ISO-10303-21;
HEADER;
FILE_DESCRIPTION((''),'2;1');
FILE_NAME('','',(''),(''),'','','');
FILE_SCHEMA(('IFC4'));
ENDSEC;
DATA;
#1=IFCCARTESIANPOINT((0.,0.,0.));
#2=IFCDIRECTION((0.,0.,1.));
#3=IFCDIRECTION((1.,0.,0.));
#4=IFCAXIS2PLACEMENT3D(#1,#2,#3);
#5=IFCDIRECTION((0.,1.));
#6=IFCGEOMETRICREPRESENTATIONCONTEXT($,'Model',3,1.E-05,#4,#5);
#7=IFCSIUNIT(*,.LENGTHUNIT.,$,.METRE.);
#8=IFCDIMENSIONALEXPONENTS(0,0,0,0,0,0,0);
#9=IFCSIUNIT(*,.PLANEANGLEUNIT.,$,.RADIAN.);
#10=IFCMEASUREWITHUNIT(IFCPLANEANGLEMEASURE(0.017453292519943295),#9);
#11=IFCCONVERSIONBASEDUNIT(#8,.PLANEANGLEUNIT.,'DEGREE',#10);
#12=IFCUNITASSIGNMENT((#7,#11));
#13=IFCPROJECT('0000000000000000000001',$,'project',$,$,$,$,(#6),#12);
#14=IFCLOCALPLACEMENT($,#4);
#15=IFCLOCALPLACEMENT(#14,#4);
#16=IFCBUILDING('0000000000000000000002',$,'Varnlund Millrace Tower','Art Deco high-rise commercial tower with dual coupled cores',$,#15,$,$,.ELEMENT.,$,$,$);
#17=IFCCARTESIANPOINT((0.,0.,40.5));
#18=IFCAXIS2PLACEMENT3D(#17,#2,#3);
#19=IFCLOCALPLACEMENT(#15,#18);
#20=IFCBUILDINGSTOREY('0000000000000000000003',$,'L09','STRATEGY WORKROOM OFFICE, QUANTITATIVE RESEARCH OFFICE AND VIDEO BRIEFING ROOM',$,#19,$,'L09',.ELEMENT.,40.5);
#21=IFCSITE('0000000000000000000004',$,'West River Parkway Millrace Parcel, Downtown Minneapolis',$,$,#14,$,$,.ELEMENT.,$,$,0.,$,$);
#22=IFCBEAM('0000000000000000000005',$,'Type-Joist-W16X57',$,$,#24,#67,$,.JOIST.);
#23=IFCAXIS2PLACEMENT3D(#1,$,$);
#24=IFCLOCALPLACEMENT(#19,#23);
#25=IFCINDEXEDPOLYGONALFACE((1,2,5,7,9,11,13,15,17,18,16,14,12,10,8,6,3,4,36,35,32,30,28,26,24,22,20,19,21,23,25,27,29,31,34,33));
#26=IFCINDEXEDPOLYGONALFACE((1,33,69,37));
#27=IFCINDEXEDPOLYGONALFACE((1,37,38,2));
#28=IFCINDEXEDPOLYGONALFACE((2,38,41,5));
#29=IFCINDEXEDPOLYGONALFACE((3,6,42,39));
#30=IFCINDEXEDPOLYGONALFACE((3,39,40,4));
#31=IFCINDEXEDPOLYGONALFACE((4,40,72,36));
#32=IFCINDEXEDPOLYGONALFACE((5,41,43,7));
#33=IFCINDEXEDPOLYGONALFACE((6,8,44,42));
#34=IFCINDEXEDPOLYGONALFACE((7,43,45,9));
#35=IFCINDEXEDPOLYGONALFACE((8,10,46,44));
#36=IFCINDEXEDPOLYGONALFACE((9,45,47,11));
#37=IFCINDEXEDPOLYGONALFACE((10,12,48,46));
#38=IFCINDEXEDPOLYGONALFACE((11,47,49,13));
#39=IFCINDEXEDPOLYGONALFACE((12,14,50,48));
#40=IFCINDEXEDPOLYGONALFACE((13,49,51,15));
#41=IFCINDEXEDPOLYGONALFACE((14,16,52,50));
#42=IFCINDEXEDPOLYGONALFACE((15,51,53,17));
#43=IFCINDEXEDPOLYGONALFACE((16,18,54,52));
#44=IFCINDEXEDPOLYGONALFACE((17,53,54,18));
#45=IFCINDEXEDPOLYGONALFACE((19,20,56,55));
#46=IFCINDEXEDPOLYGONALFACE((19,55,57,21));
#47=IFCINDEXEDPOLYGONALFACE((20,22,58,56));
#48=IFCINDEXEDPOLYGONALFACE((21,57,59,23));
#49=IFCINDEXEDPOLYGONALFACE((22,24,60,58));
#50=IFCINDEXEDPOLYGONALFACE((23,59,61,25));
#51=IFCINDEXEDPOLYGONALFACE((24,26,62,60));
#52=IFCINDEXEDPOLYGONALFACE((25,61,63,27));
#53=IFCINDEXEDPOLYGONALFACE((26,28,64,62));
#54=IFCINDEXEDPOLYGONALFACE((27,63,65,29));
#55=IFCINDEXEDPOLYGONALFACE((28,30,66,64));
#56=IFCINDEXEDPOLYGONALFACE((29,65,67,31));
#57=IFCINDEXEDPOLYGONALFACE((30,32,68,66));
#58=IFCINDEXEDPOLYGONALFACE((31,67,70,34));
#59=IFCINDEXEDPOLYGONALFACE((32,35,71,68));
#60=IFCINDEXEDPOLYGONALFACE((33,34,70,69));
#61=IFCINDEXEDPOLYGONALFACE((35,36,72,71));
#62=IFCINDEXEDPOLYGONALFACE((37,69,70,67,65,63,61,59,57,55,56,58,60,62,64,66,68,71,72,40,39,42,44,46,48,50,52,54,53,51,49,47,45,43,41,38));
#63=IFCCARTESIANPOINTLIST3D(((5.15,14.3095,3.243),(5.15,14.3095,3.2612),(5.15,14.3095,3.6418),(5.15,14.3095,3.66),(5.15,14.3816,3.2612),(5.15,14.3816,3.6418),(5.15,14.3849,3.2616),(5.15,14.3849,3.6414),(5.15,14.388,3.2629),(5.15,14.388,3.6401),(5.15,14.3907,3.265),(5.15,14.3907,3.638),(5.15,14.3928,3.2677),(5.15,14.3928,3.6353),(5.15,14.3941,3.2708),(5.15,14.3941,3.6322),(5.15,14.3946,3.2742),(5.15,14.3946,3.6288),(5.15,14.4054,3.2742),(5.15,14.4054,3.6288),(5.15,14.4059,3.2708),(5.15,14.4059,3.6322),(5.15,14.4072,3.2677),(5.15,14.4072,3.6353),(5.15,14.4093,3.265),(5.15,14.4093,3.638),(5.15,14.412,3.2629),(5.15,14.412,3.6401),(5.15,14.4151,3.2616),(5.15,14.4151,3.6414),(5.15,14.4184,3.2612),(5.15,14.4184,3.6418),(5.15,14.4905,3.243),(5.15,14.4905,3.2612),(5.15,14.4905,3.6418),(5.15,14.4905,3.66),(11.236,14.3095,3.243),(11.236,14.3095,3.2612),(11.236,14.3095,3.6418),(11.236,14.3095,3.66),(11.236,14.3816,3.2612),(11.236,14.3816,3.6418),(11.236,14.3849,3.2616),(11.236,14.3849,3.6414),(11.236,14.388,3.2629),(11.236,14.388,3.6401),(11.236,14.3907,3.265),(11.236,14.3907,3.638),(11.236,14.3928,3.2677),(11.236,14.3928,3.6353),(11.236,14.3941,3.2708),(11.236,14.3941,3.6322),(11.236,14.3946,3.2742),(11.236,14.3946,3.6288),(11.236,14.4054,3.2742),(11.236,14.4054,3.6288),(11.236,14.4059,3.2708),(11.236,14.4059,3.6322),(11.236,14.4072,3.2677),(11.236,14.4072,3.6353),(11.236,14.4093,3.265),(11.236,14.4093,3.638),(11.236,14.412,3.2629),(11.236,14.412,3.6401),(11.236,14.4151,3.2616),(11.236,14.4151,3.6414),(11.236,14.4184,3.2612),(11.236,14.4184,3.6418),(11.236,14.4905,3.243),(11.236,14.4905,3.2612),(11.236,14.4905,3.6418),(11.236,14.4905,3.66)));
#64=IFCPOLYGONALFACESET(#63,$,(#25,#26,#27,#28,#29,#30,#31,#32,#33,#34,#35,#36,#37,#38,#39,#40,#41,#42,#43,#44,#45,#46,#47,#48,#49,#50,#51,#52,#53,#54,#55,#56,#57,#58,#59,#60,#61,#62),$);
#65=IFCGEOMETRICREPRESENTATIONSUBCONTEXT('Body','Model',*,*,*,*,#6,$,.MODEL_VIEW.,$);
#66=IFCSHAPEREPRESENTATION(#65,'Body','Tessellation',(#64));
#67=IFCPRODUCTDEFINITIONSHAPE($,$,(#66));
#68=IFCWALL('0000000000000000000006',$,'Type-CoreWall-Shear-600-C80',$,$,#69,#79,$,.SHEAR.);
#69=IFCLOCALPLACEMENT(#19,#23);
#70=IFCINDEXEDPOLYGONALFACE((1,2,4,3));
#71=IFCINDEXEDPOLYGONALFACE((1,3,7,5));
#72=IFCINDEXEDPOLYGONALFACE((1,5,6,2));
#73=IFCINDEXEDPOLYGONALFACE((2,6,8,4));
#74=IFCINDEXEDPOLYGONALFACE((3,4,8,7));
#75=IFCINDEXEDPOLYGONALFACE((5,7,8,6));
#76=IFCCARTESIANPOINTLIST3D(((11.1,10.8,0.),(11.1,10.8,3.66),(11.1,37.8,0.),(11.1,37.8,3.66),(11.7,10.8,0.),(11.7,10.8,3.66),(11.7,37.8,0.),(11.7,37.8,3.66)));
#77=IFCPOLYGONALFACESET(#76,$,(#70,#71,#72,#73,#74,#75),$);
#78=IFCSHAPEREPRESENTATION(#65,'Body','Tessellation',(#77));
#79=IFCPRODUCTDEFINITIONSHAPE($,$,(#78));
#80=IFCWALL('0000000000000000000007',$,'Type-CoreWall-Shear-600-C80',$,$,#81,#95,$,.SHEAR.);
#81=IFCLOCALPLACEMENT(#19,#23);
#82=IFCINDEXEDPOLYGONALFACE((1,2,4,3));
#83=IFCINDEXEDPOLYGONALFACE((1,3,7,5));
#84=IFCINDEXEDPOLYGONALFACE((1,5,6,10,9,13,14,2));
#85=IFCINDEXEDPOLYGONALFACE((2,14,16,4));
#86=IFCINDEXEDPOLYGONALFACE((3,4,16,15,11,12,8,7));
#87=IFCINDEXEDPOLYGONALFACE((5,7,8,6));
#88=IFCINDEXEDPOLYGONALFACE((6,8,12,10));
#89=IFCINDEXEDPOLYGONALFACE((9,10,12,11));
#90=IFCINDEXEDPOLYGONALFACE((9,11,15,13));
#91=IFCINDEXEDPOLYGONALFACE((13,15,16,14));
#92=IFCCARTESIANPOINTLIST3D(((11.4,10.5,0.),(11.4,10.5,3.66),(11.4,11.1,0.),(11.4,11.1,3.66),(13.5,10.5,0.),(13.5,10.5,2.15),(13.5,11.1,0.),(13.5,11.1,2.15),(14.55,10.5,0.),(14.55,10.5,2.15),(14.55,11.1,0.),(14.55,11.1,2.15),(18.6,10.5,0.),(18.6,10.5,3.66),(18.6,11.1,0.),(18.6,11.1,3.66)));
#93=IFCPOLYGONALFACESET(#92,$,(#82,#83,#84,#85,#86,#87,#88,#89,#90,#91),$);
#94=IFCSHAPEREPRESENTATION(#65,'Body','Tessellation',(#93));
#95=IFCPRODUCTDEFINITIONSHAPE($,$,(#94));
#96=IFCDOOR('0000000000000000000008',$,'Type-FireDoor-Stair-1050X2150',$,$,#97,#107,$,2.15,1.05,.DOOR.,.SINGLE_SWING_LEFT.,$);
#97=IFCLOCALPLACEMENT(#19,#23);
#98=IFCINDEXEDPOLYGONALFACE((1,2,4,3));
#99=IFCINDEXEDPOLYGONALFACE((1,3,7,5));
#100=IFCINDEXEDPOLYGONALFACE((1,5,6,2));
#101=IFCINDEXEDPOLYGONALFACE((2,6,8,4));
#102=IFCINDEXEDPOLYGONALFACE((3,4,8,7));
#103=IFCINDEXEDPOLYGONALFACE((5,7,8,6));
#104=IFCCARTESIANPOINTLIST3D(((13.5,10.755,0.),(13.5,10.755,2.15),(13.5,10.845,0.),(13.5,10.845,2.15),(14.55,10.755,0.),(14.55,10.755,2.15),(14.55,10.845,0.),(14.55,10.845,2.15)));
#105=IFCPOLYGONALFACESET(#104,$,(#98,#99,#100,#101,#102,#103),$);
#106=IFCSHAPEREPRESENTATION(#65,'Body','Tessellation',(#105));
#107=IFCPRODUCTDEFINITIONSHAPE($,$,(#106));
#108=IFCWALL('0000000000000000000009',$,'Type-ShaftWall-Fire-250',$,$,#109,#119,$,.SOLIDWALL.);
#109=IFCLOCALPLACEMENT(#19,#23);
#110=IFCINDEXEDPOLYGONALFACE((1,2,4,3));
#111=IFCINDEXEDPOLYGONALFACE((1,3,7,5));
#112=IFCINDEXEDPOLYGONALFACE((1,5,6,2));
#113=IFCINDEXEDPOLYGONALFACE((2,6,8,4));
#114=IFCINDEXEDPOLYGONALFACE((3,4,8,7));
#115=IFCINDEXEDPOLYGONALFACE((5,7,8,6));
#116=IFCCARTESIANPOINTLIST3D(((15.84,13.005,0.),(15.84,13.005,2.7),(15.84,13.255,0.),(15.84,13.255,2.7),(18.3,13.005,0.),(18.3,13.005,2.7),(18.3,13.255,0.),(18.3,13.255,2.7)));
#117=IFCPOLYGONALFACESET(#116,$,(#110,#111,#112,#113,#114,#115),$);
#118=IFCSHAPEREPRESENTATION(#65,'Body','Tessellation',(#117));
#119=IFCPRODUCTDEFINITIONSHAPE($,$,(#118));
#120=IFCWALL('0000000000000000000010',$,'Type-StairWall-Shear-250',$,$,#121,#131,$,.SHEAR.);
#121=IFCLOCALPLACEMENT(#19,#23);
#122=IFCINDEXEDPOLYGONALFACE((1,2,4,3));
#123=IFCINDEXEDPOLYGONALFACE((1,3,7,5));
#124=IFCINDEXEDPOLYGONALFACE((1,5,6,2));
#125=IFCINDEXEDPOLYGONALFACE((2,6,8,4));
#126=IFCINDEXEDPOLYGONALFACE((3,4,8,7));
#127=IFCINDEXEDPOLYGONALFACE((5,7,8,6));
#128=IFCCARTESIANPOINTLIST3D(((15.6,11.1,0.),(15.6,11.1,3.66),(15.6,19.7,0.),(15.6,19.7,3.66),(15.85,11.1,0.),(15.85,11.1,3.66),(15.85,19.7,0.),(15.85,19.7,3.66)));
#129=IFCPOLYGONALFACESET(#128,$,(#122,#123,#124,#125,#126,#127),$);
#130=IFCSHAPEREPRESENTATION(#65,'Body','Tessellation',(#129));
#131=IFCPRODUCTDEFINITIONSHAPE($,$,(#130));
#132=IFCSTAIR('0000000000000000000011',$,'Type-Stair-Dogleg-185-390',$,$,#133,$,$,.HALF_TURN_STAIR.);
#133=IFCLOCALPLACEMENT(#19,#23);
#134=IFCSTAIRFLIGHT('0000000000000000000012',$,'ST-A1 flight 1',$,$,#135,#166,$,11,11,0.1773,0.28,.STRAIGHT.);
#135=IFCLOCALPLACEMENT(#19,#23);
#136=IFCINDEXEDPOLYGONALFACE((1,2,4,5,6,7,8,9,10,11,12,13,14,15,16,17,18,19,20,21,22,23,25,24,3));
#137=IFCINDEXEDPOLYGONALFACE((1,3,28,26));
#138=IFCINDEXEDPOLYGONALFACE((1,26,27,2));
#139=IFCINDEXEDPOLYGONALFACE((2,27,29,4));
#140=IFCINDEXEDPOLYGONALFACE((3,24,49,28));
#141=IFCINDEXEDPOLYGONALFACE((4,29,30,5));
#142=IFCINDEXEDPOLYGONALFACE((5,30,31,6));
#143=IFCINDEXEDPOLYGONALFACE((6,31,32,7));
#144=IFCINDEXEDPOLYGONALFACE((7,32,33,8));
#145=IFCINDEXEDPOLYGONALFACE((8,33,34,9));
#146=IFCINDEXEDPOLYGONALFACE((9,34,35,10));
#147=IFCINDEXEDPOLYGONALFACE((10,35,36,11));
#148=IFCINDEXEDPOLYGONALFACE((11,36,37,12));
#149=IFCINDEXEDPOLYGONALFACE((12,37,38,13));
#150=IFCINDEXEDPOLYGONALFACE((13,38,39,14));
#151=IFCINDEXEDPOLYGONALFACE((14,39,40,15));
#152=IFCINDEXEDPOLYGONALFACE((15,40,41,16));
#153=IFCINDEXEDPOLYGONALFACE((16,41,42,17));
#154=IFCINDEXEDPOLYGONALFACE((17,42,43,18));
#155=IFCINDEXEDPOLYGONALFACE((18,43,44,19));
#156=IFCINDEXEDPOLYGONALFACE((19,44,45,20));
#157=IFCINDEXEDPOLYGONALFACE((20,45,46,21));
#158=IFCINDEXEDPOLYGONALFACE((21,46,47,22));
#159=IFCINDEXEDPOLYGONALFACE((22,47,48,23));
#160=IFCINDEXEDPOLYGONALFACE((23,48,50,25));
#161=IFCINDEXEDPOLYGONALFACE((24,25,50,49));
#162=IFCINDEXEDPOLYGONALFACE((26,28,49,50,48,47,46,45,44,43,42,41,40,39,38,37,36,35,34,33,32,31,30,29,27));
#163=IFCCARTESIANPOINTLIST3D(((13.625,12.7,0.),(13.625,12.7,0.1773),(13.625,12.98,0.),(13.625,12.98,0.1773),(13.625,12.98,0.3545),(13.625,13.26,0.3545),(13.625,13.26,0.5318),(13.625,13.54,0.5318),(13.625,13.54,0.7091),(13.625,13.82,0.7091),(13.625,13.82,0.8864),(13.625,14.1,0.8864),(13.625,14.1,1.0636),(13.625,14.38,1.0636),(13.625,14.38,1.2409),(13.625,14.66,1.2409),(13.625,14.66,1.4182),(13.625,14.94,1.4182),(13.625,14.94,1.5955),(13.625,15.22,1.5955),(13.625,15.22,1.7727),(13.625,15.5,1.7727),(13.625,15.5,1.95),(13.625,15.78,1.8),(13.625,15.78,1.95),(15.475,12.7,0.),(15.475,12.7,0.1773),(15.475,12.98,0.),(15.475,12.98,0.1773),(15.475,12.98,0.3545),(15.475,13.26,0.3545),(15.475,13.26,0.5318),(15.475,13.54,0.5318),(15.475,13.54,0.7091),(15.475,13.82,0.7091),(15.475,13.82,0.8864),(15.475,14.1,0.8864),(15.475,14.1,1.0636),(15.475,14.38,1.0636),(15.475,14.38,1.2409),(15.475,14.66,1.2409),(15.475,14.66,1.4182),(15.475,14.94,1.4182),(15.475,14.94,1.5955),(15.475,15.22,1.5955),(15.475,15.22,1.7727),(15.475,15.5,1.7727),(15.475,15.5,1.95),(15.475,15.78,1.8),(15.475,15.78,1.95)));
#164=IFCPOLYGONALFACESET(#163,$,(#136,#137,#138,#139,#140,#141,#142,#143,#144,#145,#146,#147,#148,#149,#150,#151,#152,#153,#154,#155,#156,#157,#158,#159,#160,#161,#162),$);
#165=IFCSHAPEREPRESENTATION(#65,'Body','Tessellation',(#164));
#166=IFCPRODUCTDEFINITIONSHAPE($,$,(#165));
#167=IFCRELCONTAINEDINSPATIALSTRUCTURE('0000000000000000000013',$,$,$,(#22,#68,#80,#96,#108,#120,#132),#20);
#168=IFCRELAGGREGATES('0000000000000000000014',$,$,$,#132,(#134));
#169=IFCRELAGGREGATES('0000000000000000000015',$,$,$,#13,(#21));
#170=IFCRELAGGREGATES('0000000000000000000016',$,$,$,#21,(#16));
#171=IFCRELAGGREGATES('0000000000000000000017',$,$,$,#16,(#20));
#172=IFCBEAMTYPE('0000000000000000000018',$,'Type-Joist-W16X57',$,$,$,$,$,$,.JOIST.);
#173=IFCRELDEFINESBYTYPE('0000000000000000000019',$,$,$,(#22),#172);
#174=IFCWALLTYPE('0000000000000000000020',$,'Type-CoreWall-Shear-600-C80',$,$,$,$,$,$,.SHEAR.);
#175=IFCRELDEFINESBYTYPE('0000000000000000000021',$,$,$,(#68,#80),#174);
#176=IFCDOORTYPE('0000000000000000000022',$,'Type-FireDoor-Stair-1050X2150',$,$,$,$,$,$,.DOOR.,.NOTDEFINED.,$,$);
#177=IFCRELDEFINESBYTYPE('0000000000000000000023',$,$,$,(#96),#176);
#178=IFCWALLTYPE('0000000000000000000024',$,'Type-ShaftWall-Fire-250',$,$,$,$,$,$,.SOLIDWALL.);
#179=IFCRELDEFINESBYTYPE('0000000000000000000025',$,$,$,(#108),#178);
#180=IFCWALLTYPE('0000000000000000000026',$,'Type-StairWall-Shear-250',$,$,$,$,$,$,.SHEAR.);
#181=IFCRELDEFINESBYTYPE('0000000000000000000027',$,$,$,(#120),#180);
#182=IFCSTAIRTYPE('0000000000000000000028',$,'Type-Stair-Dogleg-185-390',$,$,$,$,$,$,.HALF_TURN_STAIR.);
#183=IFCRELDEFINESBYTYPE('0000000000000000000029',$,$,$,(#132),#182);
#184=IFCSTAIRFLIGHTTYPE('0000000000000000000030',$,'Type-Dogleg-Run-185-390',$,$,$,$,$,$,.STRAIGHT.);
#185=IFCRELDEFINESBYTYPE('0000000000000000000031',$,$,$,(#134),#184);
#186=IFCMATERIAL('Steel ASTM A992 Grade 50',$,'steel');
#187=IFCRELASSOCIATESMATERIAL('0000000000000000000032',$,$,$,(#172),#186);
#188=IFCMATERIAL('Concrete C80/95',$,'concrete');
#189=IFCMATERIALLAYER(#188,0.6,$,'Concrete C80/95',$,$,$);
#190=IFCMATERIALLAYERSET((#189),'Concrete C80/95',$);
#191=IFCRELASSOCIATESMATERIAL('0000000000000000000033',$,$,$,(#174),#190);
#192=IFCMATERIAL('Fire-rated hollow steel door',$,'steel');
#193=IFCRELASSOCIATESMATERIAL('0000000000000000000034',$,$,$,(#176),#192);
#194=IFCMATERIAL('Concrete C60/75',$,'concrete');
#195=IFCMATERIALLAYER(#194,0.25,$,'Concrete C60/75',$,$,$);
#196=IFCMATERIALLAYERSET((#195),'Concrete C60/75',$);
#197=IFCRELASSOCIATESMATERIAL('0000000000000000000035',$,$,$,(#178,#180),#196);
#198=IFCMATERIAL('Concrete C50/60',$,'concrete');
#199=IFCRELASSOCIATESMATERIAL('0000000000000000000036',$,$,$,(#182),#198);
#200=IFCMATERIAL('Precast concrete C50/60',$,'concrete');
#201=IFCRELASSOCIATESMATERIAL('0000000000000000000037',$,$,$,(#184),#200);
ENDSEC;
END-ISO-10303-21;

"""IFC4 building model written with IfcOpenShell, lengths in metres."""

from ifc_helpers import new_model, entity, si_unit, converted_unit, direction, frame, origin_with_axes, origin_2d_with_axis, place, context, subcontext, project, spatial, polyline, rectangle, i_section, outline, extrude, material, layer, layer_set, material_profile, profile_set, type_object, element, fill, aggregate, save


model = new_model("IFC4")

# Units and contexts
model_context = context("Model", 3, precision=1e-05, world=origin_with_axes(), true_north=direction((0.0, 1.0)))
body_context = subcontext(model_context, "Body", "Model", "MODEL_VIEW")
ifc_project = project(units=[si_unit("LENGTHUNIT", "METRE"), converted_unit("PLANEANGLEUNIT", "DEGREE", entity("IfcPlaneAngleMeasure", 0.017453292519943295), si_unit("PLANEANGLEUNIT", "RADIAN"), dimensions=[0, 0, 0, 0, 0, 0, 0])], contexts=[model_context])

# Site, building, storey
site_placement = place(None, origin_with_axes())
site = spatial("IfcSite", under=ifc_project, at=site_placement, Name="West River Parkway Millrace Parcel, Downtown Minneapolis", CompositionType="ELEMENT", RefElevation=0.0)
building_placement = place(site_placement, origin_with_axes())
building = spatial("IfcBuilding", under=site, at=building_placement, Name="Varnlund Millrace Tower", Description="Art Deco high-rise commercial tower with dual coupled cores", CompositionType="ELEMENT")
storey_placement = place(building_placement, frame((0.0, 0.0, 40.5), z_axis=(0.0, 0.0, 1.0), x_axis=(1.0, 0.0, 0.0)))
storey = spatial("IfcBuildingStorey", under=building, at=storey_placement, Name="L09", Description="STRATEGY WORKROOM OFFICE, QUANTITATIVE RESEARCH OFFICE AND VIDEO BRIEFING ROOM", LongName="L09", CompositionType="ELEMENT", Elevation=40.5)

# Shared definitions
ifc_material_1 = material(Name="Concrete C80/95", Category="concrete")

# Beam
ifc_material_2 = material(Name="Steel ASTM A992 Grade 50", Category="steel")
ifc_material_profile_1 = material_profile(ifc_material_2, i_section(OverallWidth=0.181, OverallDepth=0.417, WebThickness=0.0109, FlangeThickness=0.0182, FilletRadius=0.013, at=origin_2d_with_axis()), Name="Steel ASTM A992 Grade 50")
ifc_profile_set_1 = profile_set([ifc_material_profile_1], Name="Steel ASTM A992 Grade 50")
beam_type_1 = type_object("IfcBeamType", Name="Type-Joist-W16X57", PredefinedType="JOIST", material=ifc_profile_set_1)
for number, where, z_axis, x_axis, name in (
    (1, (5.15, 14.4, 3.4515), (1.0, 0.0, 0.0), (0.0, 1.0, 0.0), "Type-Joist-W16X57"),
):
    element("IfcBeam", number, at=place(storey_placement, frame(where, z_axis=z_axis, x_axis=x_axis)), inside=storey, type_object=beam_type_1, Name=name, PredefinedType="JOIST", context=body_context, shape_type="SweptSolid", body=[
        extrude(i_section(OverallWidth=0.181, OverallDepth=0.417, WebThickness=0.0109, FlangeThickness=0.0182, FilletRadius=0.013, at=origin_2d_with_axis()), origin_with_axes(), (0.0, 0.0, 1.0), 6.086),
    ])

# Wall
ifc_layer_1 = layer(ifc_material_1, 0.6, Name="Concrete C80/95")
ifc_layer_set_1 = layer_set([ifc_layer_1], Name="Concrete C80/95")
wall_type_1 = type_object("IfcWallType", Name="Type-CoreWall-Shear-600-C80", PredefinedType="SHEAR", material=ifc_layer_set_1)
wall_1_placement = place(storey_placement, frame((11.4, 10.8, 0.0), z_axis=(0.0, 0.0, 1.0), x_axis=(0.0, 1.0, 0.0)))
element("IfcWall", 2, at=wall_1_placement, inside=storey, type_object=wall_type_1, Name="Type-CoreWall-Shear-600-C80", PredefinedType="SHEAR", context=body_context, shape_type="SweptSolid", body=[
    extrude(outline(polyline([(0.0, -0.3), (27.0, -0.3), (27.0, 0.3), (0.0, 0.3), (0.0, -0.3)])), origin_with_axes(), (0.0, 0.0, 1.0), 3.66),
])

# Wall, opening, door
wall_2_placement = place(storey_placement, frame((11.4, 10.8, 0.0), z_axis=(0.0, 0.0, 1.0), x_axis=(1.0, 0.0, 0.0)))
wall_2 = element("IfcWall", 3, at=wall_2_placement, inside=storey, type_object=wall_type_1, Name="Type-CoreWall-Shear-600-C80", PredefinedType="SHEAR", context=body_context, shape_type="SweptSolid", body=[
    extrude(outline(polyline([(0.0, -0.3), (7.2, -0.3), (7.2, 0.3), (0.0, 0.3), (0.0, -0.3)])), origin_with_axes(), (0.0, 0.0, 1.0), 3.66),
])
opening_1_placement = place(wall_2_placement, frame((2.625, 0.0, 0.0), z_axis=(0.0, 0.0, 1.0), x_axis=(1.0, 0.0, 0.0)))
opening_1 = element("IfcOpeningElement", 4, at=opening_1_placement, cuts=wall_2, PredefinedType="OPENING", context=body_context, shape_type="SweptSolid", body=[
    extrude(rectangle(XDim=1.05, YDim=0.62, at=origin_2d_with_axis()), origin_with_axes(), (0.0, 0.0, 1.0), 2.15),
])
ifc_material_3 = material(Name="Fire-rated hollow steel door", Category="steel")
door_type_1 = type_object("IfcDoorType", Name="Type-FireDoor-Stair-1050X2150", OperationType="NOTDEFINED", PredefinedType="DOOR", material=ifc_material_3)
door_1_placement = place(wall_2_placement, frame((2.625, 0.0, 0.0), z_axis=(0.0, 0.0, 1.0), x_axis=(1.0, 0.0, 0.0)))
door_1 = element("IfcDoor", 5, at=door_1_placement, inside=storey, type_object=door_type_1, Name="Type-FireDoor-Stair-1050X2150", OperationType="SINGLE_SWING_LEFT", OverallHeight=2.15, OverallWidth=1.05, PredefinedType="DOOR", context=body_context, shape_type="SweptSolid", body=[
    extrude(rectangle(XDim=1.05, YDim=0.09, at=origin_2d_with_axis()), origin_with_axes(), (0.0, 0.0, 1.0), 2.15),
])
fill(opening_1, door_1)

# Walls
ifc_material_4 = material(Name="Concrete C60/75", Category="concrete")
ifc_layer_2 = layer(ifc_material_4, 0.25, Name="Concrete C60/75")
ifc_layer_set_2 = layer_set([ifc_layer_2], Name="Concrete C60/75")
wall_type_2 = type_object("IfcWallType", Name="Type-ShaftWall-Fire-250", PredefinedType="SOLIDWALL", material=ifc_layer_set_2)
wall_3_placement = place(storey_placement, frame((15.84, 13.13, 0.0), z_axis=(0.0, 0.0, 1.0), x_axis=(1.0, 0.0, 0.0)))
element("IfcWall", 6, at=wall_3_placement, inside=storey, type_object=wall_type_2, Name="Type-ShaftWall-Fire-250", PredefinedType="SOLIDWALL", context=body_context, shape_type="SweptSolid", body=[
    extrude(outline(polyline([(0.0, -0.125), (2.46, -0.125), (2.46, 0.125), (0.0, 0.125), (0.0, -0.125)])), origin_with_axes(), (0.0, 0.0, 1.0), 2.7),
])
wall_type_3 = type_object("IfcWallType", Name="Type-StairWall-Shear-250", PredefinedType="SHEAR", material=ifc_layer_set_2)
wall_4_placement = place(storey_placement, frame((15.725, 11.1, 0.0), z_axis=(0.0, 0.0, 1.0), x_axis=(0.0, 1.0, 0.0)))
element("IfcWall", 7, at=wall_4_placement, inside=storey, type_object=wall_type_3, Name="Type-StairWall-Shear-250", PredefinedType="SHEAR", context=body_context, shape_type="SweptSolid", body=[
    extrude(outline(polyline([(0.0, -0.125), (8.6, -0.125), (8.6, 0.125), (0.0, 0.125), (0.0, -0.125)])), origin_with_axes(), (0.0, 0.0, 1.0), 3.66),
])

# Stair, stair flight
ifc_material_5 = material(Name="Concrete C50/60", Category="concrete")
stair_type = type_object("IfcStairType", Name="Type-Stair-Dogleg-185-390", PredefinedType="HALF_TURN_STAIR", material=ifc_material_5)
stair_placement = place(storey_placement, origin_with_axes())
stair = element("IfcStair", 8, at=stair_placement, inside=storey, type_object=stair_type, Name="Type-Stair-Dogleg-185-390", PredefinedType="HALF_TURN_STAIR")
ifc_material_6 = material(Name="Precast concrete C50/60", Category="concrete")
stair_flight_type = type_object("IfcStairFlightType", Name="Type-Dogleg-Run-185-390", PredefinedType="STRAIGHT", material=ifc_material_6)
stair_flight_placement = place(storey_placement, frame((13.625, 12.7, 0.0), z_axis=(1.0, 0.0, 0.0), x_axis=(0.0, 1.0, 0.0)))
stair_flight = element("IfcStairFlight", 9, at=stair_flight_placement, type_object=stair_flight_type, Name="ST-A1 flight 1", NumberOfRisers=11, NumberOfTreads=11, PredefinedType="STRAIGHT", RiserHeight=0.1773, TreadLength=0.28, context=body_context, shape_type="SweptSolid", body=[
    extrude(outline(polyline([(0.0, 0.0), (0.0, 0.1773), (0.28, 0.1773), (0.28, 0.3545), (0.56, 0.3545), (0.56, 0.5318), (0.84, 0.5318), (0.84, 0.7091), (1.12, 0.7091), (1.12, 0.8864), (1.4, 0.8864), (1.4, 1.0636), (1.68, 1.0636), (1.68, 1.2409), (1.96, 1.2409), (1.96, 1.4182), (2.24, 1.4182), (2.24, 1.5955), (2.52, 1.5955), (2.52, 1.7727), (2.8, 1.7727), (2.8, 1.95), (3.08, 1.95), (3.08, 1.8), (0.28, 0.0), (0.0, 0.0)])), origin_with_axes(), (0.0, 0.0, 1.0), 1.85),
])
aggregate(stair, [stair_flight])

save(model, "model.ifc")
